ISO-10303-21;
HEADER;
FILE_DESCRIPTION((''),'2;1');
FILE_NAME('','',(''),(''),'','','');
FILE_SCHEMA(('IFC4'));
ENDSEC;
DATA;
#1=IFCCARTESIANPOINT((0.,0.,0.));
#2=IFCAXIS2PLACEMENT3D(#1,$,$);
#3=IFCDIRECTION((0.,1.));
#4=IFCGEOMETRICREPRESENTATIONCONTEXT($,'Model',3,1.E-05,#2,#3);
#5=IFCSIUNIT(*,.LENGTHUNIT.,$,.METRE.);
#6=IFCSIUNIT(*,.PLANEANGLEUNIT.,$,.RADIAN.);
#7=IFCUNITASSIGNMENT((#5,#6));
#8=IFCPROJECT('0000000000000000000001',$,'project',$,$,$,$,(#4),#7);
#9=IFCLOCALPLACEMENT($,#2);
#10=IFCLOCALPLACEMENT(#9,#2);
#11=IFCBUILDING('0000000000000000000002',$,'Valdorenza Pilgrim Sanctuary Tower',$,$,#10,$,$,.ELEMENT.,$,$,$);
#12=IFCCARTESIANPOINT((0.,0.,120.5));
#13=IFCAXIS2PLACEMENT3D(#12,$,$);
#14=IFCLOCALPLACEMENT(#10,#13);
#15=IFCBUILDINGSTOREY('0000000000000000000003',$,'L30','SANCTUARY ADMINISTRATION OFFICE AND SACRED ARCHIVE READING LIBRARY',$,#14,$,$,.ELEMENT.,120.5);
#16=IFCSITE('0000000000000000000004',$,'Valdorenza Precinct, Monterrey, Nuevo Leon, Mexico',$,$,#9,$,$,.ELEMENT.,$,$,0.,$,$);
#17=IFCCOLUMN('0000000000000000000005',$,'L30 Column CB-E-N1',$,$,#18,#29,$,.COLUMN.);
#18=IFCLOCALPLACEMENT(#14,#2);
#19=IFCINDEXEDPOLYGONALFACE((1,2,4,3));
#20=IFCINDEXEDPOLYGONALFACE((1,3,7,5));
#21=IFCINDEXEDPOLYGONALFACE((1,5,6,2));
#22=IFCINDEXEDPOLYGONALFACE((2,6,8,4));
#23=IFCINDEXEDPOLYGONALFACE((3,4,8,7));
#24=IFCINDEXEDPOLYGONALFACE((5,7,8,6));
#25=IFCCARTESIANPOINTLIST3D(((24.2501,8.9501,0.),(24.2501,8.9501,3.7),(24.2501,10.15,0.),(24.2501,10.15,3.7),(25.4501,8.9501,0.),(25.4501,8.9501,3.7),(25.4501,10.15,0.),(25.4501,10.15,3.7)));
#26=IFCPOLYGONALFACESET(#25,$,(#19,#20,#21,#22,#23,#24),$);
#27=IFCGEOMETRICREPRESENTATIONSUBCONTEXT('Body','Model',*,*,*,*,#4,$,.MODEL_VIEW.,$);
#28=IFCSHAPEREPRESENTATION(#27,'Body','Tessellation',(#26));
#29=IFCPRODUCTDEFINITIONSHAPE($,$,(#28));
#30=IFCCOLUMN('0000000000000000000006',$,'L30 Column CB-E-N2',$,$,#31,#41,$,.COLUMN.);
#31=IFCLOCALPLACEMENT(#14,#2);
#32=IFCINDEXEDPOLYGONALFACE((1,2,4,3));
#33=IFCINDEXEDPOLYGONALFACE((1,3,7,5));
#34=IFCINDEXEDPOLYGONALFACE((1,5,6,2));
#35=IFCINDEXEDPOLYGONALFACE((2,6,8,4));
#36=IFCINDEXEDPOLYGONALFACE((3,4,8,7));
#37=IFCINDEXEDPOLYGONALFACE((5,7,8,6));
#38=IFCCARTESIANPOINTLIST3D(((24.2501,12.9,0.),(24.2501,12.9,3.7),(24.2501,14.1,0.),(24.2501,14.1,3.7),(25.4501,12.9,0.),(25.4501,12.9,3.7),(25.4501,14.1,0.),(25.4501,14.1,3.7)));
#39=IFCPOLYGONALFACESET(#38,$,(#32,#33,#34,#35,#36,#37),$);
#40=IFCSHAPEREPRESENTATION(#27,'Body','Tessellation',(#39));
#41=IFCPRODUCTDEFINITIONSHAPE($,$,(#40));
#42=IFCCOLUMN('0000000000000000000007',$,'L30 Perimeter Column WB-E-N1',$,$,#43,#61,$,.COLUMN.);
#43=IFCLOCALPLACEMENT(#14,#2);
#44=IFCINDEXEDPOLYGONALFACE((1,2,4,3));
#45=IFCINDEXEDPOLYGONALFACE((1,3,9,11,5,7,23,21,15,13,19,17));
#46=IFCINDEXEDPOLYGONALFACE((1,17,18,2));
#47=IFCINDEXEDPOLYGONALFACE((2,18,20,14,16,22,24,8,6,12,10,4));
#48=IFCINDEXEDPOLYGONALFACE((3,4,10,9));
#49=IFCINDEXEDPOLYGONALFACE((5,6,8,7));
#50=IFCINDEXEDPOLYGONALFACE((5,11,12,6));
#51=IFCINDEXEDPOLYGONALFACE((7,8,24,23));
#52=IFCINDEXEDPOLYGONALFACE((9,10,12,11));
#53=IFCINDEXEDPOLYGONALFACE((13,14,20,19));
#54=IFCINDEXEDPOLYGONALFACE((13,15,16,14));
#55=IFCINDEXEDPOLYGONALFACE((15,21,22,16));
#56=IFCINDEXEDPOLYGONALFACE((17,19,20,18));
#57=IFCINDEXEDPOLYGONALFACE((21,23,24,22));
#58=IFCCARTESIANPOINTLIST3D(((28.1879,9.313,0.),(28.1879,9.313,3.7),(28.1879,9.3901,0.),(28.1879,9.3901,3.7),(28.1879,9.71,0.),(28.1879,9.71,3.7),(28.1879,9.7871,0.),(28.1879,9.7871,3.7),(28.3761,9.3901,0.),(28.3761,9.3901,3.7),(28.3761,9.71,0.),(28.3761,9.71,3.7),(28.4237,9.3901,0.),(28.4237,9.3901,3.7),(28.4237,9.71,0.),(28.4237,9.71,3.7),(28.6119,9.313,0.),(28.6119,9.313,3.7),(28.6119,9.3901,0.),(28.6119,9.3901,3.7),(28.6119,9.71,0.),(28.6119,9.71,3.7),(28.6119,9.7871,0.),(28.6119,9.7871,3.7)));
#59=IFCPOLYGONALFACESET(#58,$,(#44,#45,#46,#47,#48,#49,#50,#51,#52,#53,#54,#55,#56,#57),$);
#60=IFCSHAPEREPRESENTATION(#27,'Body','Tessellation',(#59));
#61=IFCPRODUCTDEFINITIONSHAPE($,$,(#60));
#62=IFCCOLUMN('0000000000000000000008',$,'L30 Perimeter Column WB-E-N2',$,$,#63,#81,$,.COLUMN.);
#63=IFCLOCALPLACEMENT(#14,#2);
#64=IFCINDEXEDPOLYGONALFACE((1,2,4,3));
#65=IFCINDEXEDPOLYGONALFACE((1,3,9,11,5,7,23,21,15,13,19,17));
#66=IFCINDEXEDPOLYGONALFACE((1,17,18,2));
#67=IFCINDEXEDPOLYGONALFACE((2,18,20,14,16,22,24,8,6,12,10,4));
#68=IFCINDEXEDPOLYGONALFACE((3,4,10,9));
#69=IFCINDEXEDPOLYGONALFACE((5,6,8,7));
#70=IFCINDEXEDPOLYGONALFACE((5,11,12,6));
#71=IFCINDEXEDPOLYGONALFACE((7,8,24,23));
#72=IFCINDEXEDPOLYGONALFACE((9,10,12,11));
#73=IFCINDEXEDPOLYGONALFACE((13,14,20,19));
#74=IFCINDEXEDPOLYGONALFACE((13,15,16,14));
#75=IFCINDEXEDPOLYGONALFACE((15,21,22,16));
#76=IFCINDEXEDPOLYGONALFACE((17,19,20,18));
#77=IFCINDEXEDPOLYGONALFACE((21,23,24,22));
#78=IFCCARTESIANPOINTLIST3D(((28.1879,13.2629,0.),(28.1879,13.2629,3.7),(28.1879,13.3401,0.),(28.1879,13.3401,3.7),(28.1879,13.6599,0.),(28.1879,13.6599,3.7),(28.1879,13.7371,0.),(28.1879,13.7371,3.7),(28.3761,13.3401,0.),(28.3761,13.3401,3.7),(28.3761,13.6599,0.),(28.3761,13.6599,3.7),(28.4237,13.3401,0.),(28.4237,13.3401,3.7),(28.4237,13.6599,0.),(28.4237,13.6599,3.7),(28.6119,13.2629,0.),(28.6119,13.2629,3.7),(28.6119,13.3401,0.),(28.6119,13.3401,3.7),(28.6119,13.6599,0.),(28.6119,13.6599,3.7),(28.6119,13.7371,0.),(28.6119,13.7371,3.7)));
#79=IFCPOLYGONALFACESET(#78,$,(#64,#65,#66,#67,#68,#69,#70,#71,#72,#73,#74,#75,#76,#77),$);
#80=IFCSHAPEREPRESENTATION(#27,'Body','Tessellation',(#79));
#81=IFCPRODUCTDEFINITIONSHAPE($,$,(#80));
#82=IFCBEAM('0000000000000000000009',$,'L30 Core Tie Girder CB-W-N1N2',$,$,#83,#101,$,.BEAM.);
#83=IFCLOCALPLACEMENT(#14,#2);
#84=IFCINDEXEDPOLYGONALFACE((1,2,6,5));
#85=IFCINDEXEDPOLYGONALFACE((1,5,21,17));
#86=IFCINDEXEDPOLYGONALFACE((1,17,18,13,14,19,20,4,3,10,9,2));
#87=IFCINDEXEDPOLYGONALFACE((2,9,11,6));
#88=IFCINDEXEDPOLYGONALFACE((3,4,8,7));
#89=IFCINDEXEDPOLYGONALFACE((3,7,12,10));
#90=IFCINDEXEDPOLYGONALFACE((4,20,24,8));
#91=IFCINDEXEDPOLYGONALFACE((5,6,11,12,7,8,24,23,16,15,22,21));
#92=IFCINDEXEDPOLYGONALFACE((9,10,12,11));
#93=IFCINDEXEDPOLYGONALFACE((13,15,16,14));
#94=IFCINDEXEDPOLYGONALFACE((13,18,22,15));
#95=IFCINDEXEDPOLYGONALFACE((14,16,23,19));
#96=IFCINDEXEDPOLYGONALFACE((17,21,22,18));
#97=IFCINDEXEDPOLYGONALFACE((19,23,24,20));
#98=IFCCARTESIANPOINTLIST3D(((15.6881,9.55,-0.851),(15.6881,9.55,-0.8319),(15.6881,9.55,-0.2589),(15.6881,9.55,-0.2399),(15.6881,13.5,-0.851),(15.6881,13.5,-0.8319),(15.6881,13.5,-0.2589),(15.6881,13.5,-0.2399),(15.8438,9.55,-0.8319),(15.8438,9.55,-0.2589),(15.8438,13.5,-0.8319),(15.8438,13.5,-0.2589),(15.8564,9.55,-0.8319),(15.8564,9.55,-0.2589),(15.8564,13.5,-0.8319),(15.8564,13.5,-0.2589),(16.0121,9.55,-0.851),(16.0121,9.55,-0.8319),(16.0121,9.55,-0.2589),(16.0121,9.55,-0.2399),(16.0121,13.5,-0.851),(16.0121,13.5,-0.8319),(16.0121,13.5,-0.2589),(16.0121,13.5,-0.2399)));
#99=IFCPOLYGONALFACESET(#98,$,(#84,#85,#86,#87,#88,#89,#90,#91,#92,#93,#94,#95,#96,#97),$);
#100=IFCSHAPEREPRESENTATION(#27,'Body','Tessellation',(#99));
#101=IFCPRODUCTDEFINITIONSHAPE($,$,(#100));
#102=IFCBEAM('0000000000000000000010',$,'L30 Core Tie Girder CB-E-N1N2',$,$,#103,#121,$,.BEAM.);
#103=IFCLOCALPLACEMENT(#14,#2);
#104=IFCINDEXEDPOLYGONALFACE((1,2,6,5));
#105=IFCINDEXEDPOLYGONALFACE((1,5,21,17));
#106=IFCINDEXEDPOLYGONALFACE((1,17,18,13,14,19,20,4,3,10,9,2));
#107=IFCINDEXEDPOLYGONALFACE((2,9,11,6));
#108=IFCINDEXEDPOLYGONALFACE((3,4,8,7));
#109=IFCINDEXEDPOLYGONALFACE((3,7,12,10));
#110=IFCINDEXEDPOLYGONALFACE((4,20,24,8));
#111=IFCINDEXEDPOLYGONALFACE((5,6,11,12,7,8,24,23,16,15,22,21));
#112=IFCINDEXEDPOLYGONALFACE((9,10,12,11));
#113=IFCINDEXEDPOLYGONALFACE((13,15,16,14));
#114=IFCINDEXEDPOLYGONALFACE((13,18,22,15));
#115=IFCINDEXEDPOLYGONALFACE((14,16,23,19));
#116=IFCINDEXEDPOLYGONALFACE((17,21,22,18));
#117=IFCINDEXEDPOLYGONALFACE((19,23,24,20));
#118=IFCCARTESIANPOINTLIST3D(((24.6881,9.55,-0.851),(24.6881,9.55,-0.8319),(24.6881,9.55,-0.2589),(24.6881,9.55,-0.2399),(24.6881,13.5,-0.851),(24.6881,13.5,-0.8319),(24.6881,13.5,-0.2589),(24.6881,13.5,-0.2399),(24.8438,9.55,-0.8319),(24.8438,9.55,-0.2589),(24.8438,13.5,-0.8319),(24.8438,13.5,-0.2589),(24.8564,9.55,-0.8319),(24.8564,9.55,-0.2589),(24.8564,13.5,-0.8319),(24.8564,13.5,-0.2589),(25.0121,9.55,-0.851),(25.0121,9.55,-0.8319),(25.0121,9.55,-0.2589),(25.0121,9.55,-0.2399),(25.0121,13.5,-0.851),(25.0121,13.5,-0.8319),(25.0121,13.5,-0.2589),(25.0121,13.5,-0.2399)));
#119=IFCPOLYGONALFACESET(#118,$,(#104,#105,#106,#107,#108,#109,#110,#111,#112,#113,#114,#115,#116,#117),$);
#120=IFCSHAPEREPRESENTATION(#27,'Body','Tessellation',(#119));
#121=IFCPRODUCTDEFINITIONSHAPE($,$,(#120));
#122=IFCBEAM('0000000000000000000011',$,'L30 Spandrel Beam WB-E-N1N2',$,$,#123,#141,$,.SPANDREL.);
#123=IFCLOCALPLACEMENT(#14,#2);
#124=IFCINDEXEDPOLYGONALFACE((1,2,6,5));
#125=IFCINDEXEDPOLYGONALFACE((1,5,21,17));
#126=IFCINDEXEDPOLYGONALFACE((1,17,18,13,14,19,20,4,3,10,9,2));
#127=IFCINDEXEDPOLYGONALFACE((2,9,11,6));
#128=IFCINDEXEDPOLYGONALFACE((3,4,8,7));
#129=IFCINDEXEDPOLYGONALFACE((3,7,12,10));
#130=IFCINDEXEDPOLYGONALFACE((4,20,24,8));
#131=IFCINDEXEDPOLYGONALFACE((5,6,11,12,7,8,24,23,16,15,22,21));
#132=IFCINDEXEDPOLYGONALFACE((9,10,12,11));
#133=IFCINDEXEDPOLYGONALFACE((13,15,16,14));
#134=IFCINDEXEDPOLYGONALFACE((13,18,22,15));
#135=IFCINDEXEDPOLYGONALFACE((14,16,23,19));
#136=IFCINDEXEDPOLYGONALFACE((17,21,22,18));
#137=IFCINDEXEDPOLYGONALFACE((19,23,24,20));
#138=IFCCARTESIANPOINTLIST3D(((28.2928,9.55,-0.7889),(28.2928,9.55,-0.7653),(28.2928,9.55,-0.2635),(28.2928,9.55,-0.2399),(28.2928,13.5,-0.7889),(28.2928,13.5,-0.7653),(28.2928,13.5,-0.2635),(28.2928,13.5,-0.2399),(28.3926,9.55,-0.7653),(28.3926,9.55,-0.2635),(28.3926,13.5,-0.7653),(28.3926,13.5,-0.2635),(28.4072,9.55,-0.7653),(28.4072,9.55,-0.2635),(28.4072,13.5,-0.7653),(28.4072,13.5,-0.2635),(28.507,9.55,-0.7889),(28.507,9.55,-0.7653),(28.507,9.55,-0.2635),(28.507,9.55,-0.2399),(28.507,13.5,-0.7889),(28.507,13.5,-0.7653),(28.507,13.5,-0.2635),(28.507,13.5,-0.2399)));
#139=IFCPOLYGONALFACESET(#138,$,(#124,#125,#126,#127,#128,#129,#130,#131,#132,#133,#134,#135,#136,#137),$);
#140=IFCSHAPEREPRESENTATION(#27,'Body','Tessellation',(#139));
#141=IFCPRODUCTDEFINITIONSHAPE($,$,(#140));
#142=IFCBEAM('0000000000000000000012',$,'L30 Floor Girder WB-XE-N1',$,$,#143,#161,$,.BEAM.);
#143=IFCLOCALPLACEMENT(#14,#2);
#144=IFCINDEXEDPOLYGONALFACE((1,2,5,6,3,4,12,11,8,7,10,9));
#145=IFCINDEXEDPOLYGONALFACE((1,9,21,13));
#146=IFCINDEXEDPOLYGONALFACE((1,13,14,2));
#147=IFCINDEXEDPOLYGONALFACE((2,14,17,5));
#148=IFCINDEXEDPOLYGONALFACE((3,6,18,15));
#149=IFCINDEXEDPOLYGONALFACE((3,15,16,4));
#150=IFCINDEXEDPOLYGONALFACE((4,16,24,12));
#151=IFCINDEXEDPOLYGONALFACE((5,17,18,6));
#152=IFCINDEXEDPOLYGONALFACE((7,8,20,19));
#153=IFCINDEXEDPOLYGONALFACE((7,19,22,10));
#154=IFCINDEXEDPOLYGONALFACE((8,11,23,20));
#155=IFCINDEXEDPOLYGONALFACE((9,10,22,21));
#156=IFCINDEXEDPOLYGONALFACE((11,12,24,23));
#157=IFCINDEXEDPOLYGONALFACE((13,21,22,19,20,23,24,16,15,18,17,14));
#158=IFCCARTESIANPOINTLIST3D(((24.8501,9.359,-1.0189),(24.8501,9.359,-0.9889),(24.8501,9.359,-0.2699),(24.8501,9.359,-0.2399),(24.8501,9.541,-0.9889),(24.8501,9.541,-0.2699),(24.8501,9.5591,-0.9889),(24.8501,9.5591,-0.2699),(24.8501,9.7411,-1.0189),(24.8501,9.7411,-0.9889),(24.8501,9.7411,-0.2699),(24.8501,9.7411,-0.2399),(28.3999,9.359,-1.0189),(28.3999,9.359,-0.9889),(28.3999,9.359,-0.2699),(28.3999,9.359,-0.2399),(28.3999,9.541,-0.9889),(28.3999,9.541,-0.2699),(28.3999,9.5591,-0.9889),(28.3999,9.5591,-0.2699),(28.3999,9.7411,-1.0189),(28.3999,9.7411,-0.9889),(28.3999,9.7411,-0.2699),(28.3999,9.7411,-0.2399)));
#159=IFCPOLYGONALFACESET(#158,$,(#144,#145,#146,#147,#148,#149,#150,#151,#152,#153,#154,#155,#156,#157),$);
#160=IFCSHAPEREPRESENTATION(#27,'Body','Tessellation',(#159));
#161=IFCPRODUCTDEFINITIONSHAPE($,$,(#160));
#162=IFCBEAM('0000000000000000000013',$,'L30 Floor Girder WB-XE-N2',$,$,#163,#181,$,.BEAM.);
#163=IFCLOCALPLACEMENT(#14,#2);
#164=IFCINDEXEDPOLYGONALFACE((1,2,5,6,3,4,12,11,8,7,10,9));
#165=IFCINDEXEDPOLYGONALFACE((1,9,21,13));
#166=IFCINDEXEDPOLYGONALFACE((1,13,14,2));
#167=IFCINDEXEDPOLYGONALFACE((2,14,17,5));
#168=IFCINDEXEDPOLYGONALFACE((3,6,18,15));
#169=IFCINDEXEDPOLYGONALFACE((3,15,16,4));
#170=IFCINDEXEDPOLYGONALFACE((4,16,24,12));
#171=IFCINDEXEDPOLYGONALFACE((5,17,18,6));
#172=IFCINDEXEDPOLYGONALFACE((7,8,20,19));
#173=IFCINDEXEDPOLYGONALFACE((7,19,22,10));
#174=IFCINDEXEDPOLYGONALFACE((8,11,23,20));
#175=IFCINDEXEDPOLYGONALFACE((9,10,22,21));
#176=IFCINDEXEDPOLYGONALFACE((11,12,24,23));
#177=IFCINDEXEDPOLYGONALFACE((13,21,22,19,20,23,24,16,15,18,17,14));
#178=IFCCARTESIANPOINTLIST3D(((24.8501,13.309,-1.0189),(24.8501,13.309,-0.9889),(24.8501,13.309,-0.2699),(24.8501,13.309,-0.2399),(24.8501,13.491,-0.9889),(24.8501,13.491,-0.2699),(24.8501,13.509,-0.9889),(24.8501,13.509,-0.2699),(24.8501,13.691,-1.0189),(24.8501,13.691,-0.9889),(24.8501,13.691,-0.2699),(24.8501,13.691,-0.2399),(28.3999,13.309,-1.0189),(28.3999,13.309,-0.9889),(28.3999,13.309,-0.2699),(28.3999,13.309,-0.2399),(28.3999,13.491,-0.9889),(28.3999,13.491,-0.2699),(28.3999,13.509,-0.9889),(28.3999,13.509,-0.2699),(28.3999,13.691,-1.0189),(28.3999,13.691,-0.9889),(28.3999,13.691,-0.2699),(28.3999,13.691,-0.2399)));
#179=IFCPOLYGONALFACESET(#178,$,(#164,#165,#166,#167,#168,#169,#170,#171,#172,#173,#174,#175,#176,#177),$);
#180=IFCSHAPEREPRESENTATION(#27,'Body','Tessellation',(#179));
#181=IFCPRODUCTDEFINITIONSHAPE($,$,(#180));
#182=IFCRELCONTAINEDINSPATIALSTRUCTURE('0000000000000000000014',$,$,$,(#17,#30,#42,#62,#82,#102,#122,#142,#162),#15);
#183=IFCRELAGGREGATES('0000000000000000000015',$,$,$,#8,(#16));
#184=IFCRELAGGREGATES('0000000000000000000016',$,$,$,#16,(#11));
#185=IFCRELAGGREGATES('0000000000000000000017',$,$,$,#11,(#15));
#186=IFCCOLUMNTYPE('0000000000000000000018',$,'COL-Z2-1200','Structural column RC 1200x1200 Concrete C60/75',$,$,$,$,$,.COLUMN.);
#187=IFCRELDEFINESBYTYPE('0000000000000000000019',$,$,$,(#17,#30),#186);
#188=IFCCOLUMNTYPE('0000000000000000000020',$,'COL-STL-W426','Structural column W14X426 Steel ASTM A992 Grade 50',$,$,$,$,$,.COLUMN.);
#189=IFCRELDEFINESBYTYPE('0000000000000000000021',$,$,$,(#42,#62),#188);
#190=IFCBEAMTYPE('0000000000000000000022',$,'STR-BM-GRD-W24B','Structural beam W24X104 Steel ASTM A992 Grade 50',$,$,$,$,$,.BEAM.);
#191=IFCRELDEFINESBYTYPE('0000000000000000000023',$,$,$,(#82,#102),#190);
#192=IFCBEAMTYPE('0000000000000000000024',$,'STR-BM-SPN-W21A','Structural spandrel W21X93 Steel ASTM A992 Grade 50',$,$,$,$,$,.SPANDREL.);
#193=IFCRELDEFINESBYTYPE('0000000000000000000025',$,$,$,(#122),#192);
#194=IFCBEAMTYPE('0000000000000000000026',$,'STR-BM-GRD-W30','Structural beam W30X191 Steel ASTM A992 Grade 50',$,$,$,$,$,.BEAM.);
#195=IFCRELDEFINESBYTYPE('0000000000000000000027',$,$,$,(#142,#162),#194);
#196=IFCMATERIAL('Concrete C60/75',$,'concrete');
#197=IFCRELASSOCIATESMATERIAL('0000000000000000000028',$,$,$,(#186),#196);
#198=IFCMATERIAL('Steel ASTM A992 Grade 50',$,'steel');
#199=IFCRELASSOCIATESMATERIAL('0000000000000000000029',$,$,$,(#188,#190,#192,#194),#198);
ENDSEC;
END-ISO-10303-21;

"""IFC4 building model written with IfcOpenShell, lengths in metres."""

from ifc_helpers import new_model, si_unit, direction, frame, origin, origin_2d, place, context, subcontext, project, spatial, rectangle, i_section, extrude, source, transform, mapped, material, material_profile, profile_set, type_object, element, save


model = new_model("IFC4")

# Units and contexts
model_context = context("Model", 3, precision=1e-05, world=origin(), true_north=direction((0.0, 1.0)))
body_context = subcontext(model_context, "Body", "Model", "MODEL_VIEW")
ifc_project = project(units=[si_unit("LENGTHUNIT", "METRE"), si_unit("PLANEANGLEUNIT", "RADIAN")], contexts=[model_context])

# Site, building, storey
site_placement = place(None, origin())
site = spatial("IfcSite", under=ifc_project, at=site_placement, Name="Valdorenza Precinct, Monterrey, Nuevo Leon, Mexico", CompositionType="ELEMENT", RefElevation=0.0)
building_placement = place(site_placement, origin())
building = spatial("IfcBuilding", under=site, at=building_placement, Name="Valdorenza Pilgrim Sanctuary Tower", CompositionType="ELEMENT")
storey_placement = place(building_placement, frame((0.0, 0.0, 120.5)))
storey = spatial("IfcBuildingStorey", under=building, at=storey_placement, Name="L30", Description="SANCTUARY ADMINISTRATION OFFICE AND SACRED ARCHIVE READING LIBRARY", CompositionType="ELEMENT", Elevation=120.5)

# Columns
ifc_material_1 = material(Name="Concrete C60/75", Category="concrete")
ifc_material_profile_1 = material_profile(ifc_material_1, rectangle(XDim=1.2, YDim=1.2, at=origin_2d()), Name="RC 1200x1200")
ifc_profile_set_1 = profile_set([ifc_material_profile_1], Name="Concrete C60/75")
column_type_1 = type_object("IfcColumnType", Name="COL-Z2-1200", Description="Structural column RC 1200x1200 Concrete C60/75", PredefinedType="COLUMN", material=ifc_profile_set_1)
shared_shape_1 = source(origin(), body_context, "Body", "SweptSolid", [
    extrude(rectangle(XDim=1.2, YDim=1.2, at=origin_2d()), origin(), (0.0, 0.0, 1.0), 3.7),
])
for number, where, z_axis, x_axis, name in (
    (1, (24.8501, 9.55, 0.0), (0.0, 0.0, 1.0), (1.0, 0.0, 0.0), "L30 Column CB-E-N1"),
    (2, (24.8501, 13.5, 0.0), (0.0, 0.0, 1.0), (1.0, 0.0, 0.0), "L30 Column CB-E-N2"),
):
    element("IfcColumn", number, at=place(storey_placement, frame(where, z_axis=z_axis, x_axis=x_axis)), inside=storey, type_object=column_type_1, Name=name, PredefinedType="COLUMN", context=body_context, shape_type="MappedRepresentation", body=[
        mapped(shared_shape_1, transform((0.0, 0.0, 0.0), x_axis=(1.0, 0.0, 0.0), y_axis=(0.0, 1.0, 0.0), z_axis=(0.0, 0.0, 1.0), scale=1.0)),
    ])
ifc_material_2 = material(Name="Steel ASTM A992 Grade 50", Category="steel")
ifc_material_profile_2 = material_profile(ifc_material_2, i_section(OverallWidth=0.4241, OverallDepth=0.4741, WebThickness=0.0476, FlangeThickness=0.0771, at=origin_2d()), Name="W14X426")
ifc_profile_set_2 = profile_set([ifc_material_profile_2], Name="Steel ASTM A992 Grade 50")
column_type_2 = type_object("IfcColumnType", Name="COL-STL-W426", Description="Structural column W14X426 Steel ASTM A992 Grade 50", PredefinedType="COLUMN", material=ifc_profile_set_2)
shared_shape_2 = source(origin(), body_context, "Body", "SweptSolid", [
    extrude(i_section(OverallWidth=0.4241, OverallDepth=0.4741, WebThickness=0.0476, FlangeThickness=0.0771, at=origin_2d()), origin(), (0.0, 0.0, 1.0), 3.7),
])
for number, where, z_axis, x_axis, name in (
    (3, (28.3999, 9.55, 0.0), (0.0, 0.0, 1.0), (1.0, 0.0, 0.0), "L30 Perimeter Column WB-E-N1"),
    (4, (28.3999, 13.5, 0.0), (0.0, 0.0, 1.0), (1.0, 0.0, 0.0), "L30 Perimeter Column WB-E-N2"),
):
    element("IfcColumn", number, at=place(storey_placement, frame(where, z_axis=z_axis, x_axis=x_axis)), inside=storey, type_object=column_type_2, Name=name, PredefinedType="COLUMN", context=body_context, shape_type="MappedRepresentation", body=[
        mapped(shared_shape_2, transform((0.0, 0.0, 0.0), x_axis=(1.0, 0.0, 0.0), y_axis=(0.0, 1.0, 0.0), z_axis=(0.0, 0.0, 1.0), scale=1.0)),
    ])

# Beams
ifc_material_profile_3 = material_profile(ifc_material_2, i_section(OverallWidth=0.324, OverallDepth=0.6111, WebThickness=0.0127, FlangeThickness=0.019, at=origin_2d()), Name="W24X104")
ifc_profile_set_3 = profile_set([ifc_material_profile_3], Name="Steel ASTM A992 Grade 50")
beam_type_1 = type_object("IfcBeamType", Name="STR-BM-GRD-W24B", Description="Structural beam W24X104 Steel ASTM A992 Grade 50", PredefinedType="BEAM", material=ifc_profile_set_3)
shared_shape_3 = source(origin(), body_context, "Body", "SweptSolid", [
    extrude(i_section(OverallWidth=0.324, OverallDepth=0.6111, WebThickness=0.0127, FlangeThickness=0.019, at=origin_2d()), origin(), (0.0, 0.0, 1.0), 3.95),
])
for number, where, z_axis, x_axis, name in (
    (5, (15.8501, 9.55, -0.5454), (0.0, 1.0, 0.0), (-1.0, 0.0, 0.0), "L30 Core Tie Girder CB-W-N1N2"),
    (6, (24.8501, 9.55, -0.5454), (0.0, 1.0, 0.0), (-1.0, 0.0, 0.0), "L30 Core Tie Girder CB-E-N1N2"),
):
    element("IfcBeam", number, at=place(storey_placement, frame(where, z_axis=z_axis, x_axis=x_axis)), inside=storey, type_object=beam_type_1, Name=name, PredefinedType="BEAM", context=body_context, shape_type="MappedRepresentation", body=[
        mapped(shared_shape_3, transform((0.0, 0.0, 0.0), x_axis=(1.0, 0.0, 0.0), y_axis=(0.0, 1.0, 0.0), z_axis=(0.0, 0.0, 1.0), scale=1.0)),
    ])
ifc_material_profile_4 = material_profile(ifc_material_2, i_section(OverallWidth=0.2141, OverallDepth=0.5491, WebThickness=0.0146, FlangeThickness=0.0237, at=origin_2d()), Name="W21X93")
ifc_profile_set_4 = profile_set([ifc_material_profile_4], Name="Steel ASTM A992 Grade 50")
beam_type_2 = type_object("IfcBeamType", Name="STR-BM-SPN-W21A", Description="Structural spandrel W21X93 Steel ASTM A992 Grade 50", PredefinedType="SPANDREL", material=ifc_profile_set_4)
shared_shape_4 = source(origin(), body_context, "Body", "SweptSolid", [
    extrude(i_section(OverallWidth=0.2141, OverallDepth=0.5491, WebThickness=0.0146, FlangeThickness=0.0237, at=origin_2d()), origin(), (0.0, 0.0, 1.0), 3.95),
])
beam_placement = place(storey_placement, frame((28.3999, 9.55, -0.5144), z_axis=(0.0, 1.0, 0.0), x_axis=(-1.0, 0.0, 0.0)))
element("IfcBeam", 7, at=beam_placement, inside=storey, type_object=beam_type_2, Name="L30 Spandrel Beam WB-E-N1N2", PredefinedType="SPANDREL", context=body_context, shape_type="MappedRepresentation", body=[
    mapped(shared_shape_4, transform((0.0, 0.0, 0.0), x_axis=(1.0, 0.0, 0.0), y_axis=(0.0, 1.0, 0.0), z_axis=(0.0, 0.0, 1.0), scale=1.0)),
])
ifc_material_profile_5 = material_profile(ifc_material_2, i_section(OverallWidth=0.3821, OverallDepth=0.7791, WebThickness=0.0181, FlangeThickness=0.03, at=origin_2d()), Name="W30X191")
ifc_profile_set_5 = profile_set([ifc_material_profile_5], Name="Steel ASTM A992 Grade 50")
beam_type_3 = type_object("IfcBeamType", Name="STR-BM-GRD-W30", Description="Structural beam W30X191 Steel ASTM A992 Grade 50", PredefinedType="BEAM", material=ifc_profile_set_5)
shared_shape_5 = source(origin(), body_context, "Body", "SweptSolid", [
    extrude(i_section(OverallWidth=0.3821, OverallDepth=0.7791, WebThickness=0.0181, FlangeThickness=0.03, at=origin_2d()), origin(), (0.0, 0.0, 1.0), 3.5498),
])
for number, where, z_axis, x_axis, name in (
    (8, (24.8501, 9.55, -0.6294), (1.0, 0.0, 0.0), (0.0, 1.0, 0.0), "L30 Floor Girder WB-XE-N1"),
    (9, (24.8501, 13.5, -0.6294), (1.0, 0.0, 0.0), (0.0, 1.0, 0.0), "L30 Floor Girder WB-XE-N2"),
):
    element("IfcBeam", number, at=place(storey_placement, frame(where, z_axis=z_axis, x_axis=x_axis)), inside=storey, type_object=beam_type_3, Name=name, PredefinedType="BEAM", context=body_context, shape_type="MappedRepresentation", body=[
        mapped(shared_shape_5, transform((0.0, 0.0, 0.0), x_axis=(1.0, 0.0, 0.0), y_axis=(0.0, 1.0, 0.0), z_axis=(0.0, 0.0, 1.0), scale=1.0)),
    ])

save(model, "model.ifc")
